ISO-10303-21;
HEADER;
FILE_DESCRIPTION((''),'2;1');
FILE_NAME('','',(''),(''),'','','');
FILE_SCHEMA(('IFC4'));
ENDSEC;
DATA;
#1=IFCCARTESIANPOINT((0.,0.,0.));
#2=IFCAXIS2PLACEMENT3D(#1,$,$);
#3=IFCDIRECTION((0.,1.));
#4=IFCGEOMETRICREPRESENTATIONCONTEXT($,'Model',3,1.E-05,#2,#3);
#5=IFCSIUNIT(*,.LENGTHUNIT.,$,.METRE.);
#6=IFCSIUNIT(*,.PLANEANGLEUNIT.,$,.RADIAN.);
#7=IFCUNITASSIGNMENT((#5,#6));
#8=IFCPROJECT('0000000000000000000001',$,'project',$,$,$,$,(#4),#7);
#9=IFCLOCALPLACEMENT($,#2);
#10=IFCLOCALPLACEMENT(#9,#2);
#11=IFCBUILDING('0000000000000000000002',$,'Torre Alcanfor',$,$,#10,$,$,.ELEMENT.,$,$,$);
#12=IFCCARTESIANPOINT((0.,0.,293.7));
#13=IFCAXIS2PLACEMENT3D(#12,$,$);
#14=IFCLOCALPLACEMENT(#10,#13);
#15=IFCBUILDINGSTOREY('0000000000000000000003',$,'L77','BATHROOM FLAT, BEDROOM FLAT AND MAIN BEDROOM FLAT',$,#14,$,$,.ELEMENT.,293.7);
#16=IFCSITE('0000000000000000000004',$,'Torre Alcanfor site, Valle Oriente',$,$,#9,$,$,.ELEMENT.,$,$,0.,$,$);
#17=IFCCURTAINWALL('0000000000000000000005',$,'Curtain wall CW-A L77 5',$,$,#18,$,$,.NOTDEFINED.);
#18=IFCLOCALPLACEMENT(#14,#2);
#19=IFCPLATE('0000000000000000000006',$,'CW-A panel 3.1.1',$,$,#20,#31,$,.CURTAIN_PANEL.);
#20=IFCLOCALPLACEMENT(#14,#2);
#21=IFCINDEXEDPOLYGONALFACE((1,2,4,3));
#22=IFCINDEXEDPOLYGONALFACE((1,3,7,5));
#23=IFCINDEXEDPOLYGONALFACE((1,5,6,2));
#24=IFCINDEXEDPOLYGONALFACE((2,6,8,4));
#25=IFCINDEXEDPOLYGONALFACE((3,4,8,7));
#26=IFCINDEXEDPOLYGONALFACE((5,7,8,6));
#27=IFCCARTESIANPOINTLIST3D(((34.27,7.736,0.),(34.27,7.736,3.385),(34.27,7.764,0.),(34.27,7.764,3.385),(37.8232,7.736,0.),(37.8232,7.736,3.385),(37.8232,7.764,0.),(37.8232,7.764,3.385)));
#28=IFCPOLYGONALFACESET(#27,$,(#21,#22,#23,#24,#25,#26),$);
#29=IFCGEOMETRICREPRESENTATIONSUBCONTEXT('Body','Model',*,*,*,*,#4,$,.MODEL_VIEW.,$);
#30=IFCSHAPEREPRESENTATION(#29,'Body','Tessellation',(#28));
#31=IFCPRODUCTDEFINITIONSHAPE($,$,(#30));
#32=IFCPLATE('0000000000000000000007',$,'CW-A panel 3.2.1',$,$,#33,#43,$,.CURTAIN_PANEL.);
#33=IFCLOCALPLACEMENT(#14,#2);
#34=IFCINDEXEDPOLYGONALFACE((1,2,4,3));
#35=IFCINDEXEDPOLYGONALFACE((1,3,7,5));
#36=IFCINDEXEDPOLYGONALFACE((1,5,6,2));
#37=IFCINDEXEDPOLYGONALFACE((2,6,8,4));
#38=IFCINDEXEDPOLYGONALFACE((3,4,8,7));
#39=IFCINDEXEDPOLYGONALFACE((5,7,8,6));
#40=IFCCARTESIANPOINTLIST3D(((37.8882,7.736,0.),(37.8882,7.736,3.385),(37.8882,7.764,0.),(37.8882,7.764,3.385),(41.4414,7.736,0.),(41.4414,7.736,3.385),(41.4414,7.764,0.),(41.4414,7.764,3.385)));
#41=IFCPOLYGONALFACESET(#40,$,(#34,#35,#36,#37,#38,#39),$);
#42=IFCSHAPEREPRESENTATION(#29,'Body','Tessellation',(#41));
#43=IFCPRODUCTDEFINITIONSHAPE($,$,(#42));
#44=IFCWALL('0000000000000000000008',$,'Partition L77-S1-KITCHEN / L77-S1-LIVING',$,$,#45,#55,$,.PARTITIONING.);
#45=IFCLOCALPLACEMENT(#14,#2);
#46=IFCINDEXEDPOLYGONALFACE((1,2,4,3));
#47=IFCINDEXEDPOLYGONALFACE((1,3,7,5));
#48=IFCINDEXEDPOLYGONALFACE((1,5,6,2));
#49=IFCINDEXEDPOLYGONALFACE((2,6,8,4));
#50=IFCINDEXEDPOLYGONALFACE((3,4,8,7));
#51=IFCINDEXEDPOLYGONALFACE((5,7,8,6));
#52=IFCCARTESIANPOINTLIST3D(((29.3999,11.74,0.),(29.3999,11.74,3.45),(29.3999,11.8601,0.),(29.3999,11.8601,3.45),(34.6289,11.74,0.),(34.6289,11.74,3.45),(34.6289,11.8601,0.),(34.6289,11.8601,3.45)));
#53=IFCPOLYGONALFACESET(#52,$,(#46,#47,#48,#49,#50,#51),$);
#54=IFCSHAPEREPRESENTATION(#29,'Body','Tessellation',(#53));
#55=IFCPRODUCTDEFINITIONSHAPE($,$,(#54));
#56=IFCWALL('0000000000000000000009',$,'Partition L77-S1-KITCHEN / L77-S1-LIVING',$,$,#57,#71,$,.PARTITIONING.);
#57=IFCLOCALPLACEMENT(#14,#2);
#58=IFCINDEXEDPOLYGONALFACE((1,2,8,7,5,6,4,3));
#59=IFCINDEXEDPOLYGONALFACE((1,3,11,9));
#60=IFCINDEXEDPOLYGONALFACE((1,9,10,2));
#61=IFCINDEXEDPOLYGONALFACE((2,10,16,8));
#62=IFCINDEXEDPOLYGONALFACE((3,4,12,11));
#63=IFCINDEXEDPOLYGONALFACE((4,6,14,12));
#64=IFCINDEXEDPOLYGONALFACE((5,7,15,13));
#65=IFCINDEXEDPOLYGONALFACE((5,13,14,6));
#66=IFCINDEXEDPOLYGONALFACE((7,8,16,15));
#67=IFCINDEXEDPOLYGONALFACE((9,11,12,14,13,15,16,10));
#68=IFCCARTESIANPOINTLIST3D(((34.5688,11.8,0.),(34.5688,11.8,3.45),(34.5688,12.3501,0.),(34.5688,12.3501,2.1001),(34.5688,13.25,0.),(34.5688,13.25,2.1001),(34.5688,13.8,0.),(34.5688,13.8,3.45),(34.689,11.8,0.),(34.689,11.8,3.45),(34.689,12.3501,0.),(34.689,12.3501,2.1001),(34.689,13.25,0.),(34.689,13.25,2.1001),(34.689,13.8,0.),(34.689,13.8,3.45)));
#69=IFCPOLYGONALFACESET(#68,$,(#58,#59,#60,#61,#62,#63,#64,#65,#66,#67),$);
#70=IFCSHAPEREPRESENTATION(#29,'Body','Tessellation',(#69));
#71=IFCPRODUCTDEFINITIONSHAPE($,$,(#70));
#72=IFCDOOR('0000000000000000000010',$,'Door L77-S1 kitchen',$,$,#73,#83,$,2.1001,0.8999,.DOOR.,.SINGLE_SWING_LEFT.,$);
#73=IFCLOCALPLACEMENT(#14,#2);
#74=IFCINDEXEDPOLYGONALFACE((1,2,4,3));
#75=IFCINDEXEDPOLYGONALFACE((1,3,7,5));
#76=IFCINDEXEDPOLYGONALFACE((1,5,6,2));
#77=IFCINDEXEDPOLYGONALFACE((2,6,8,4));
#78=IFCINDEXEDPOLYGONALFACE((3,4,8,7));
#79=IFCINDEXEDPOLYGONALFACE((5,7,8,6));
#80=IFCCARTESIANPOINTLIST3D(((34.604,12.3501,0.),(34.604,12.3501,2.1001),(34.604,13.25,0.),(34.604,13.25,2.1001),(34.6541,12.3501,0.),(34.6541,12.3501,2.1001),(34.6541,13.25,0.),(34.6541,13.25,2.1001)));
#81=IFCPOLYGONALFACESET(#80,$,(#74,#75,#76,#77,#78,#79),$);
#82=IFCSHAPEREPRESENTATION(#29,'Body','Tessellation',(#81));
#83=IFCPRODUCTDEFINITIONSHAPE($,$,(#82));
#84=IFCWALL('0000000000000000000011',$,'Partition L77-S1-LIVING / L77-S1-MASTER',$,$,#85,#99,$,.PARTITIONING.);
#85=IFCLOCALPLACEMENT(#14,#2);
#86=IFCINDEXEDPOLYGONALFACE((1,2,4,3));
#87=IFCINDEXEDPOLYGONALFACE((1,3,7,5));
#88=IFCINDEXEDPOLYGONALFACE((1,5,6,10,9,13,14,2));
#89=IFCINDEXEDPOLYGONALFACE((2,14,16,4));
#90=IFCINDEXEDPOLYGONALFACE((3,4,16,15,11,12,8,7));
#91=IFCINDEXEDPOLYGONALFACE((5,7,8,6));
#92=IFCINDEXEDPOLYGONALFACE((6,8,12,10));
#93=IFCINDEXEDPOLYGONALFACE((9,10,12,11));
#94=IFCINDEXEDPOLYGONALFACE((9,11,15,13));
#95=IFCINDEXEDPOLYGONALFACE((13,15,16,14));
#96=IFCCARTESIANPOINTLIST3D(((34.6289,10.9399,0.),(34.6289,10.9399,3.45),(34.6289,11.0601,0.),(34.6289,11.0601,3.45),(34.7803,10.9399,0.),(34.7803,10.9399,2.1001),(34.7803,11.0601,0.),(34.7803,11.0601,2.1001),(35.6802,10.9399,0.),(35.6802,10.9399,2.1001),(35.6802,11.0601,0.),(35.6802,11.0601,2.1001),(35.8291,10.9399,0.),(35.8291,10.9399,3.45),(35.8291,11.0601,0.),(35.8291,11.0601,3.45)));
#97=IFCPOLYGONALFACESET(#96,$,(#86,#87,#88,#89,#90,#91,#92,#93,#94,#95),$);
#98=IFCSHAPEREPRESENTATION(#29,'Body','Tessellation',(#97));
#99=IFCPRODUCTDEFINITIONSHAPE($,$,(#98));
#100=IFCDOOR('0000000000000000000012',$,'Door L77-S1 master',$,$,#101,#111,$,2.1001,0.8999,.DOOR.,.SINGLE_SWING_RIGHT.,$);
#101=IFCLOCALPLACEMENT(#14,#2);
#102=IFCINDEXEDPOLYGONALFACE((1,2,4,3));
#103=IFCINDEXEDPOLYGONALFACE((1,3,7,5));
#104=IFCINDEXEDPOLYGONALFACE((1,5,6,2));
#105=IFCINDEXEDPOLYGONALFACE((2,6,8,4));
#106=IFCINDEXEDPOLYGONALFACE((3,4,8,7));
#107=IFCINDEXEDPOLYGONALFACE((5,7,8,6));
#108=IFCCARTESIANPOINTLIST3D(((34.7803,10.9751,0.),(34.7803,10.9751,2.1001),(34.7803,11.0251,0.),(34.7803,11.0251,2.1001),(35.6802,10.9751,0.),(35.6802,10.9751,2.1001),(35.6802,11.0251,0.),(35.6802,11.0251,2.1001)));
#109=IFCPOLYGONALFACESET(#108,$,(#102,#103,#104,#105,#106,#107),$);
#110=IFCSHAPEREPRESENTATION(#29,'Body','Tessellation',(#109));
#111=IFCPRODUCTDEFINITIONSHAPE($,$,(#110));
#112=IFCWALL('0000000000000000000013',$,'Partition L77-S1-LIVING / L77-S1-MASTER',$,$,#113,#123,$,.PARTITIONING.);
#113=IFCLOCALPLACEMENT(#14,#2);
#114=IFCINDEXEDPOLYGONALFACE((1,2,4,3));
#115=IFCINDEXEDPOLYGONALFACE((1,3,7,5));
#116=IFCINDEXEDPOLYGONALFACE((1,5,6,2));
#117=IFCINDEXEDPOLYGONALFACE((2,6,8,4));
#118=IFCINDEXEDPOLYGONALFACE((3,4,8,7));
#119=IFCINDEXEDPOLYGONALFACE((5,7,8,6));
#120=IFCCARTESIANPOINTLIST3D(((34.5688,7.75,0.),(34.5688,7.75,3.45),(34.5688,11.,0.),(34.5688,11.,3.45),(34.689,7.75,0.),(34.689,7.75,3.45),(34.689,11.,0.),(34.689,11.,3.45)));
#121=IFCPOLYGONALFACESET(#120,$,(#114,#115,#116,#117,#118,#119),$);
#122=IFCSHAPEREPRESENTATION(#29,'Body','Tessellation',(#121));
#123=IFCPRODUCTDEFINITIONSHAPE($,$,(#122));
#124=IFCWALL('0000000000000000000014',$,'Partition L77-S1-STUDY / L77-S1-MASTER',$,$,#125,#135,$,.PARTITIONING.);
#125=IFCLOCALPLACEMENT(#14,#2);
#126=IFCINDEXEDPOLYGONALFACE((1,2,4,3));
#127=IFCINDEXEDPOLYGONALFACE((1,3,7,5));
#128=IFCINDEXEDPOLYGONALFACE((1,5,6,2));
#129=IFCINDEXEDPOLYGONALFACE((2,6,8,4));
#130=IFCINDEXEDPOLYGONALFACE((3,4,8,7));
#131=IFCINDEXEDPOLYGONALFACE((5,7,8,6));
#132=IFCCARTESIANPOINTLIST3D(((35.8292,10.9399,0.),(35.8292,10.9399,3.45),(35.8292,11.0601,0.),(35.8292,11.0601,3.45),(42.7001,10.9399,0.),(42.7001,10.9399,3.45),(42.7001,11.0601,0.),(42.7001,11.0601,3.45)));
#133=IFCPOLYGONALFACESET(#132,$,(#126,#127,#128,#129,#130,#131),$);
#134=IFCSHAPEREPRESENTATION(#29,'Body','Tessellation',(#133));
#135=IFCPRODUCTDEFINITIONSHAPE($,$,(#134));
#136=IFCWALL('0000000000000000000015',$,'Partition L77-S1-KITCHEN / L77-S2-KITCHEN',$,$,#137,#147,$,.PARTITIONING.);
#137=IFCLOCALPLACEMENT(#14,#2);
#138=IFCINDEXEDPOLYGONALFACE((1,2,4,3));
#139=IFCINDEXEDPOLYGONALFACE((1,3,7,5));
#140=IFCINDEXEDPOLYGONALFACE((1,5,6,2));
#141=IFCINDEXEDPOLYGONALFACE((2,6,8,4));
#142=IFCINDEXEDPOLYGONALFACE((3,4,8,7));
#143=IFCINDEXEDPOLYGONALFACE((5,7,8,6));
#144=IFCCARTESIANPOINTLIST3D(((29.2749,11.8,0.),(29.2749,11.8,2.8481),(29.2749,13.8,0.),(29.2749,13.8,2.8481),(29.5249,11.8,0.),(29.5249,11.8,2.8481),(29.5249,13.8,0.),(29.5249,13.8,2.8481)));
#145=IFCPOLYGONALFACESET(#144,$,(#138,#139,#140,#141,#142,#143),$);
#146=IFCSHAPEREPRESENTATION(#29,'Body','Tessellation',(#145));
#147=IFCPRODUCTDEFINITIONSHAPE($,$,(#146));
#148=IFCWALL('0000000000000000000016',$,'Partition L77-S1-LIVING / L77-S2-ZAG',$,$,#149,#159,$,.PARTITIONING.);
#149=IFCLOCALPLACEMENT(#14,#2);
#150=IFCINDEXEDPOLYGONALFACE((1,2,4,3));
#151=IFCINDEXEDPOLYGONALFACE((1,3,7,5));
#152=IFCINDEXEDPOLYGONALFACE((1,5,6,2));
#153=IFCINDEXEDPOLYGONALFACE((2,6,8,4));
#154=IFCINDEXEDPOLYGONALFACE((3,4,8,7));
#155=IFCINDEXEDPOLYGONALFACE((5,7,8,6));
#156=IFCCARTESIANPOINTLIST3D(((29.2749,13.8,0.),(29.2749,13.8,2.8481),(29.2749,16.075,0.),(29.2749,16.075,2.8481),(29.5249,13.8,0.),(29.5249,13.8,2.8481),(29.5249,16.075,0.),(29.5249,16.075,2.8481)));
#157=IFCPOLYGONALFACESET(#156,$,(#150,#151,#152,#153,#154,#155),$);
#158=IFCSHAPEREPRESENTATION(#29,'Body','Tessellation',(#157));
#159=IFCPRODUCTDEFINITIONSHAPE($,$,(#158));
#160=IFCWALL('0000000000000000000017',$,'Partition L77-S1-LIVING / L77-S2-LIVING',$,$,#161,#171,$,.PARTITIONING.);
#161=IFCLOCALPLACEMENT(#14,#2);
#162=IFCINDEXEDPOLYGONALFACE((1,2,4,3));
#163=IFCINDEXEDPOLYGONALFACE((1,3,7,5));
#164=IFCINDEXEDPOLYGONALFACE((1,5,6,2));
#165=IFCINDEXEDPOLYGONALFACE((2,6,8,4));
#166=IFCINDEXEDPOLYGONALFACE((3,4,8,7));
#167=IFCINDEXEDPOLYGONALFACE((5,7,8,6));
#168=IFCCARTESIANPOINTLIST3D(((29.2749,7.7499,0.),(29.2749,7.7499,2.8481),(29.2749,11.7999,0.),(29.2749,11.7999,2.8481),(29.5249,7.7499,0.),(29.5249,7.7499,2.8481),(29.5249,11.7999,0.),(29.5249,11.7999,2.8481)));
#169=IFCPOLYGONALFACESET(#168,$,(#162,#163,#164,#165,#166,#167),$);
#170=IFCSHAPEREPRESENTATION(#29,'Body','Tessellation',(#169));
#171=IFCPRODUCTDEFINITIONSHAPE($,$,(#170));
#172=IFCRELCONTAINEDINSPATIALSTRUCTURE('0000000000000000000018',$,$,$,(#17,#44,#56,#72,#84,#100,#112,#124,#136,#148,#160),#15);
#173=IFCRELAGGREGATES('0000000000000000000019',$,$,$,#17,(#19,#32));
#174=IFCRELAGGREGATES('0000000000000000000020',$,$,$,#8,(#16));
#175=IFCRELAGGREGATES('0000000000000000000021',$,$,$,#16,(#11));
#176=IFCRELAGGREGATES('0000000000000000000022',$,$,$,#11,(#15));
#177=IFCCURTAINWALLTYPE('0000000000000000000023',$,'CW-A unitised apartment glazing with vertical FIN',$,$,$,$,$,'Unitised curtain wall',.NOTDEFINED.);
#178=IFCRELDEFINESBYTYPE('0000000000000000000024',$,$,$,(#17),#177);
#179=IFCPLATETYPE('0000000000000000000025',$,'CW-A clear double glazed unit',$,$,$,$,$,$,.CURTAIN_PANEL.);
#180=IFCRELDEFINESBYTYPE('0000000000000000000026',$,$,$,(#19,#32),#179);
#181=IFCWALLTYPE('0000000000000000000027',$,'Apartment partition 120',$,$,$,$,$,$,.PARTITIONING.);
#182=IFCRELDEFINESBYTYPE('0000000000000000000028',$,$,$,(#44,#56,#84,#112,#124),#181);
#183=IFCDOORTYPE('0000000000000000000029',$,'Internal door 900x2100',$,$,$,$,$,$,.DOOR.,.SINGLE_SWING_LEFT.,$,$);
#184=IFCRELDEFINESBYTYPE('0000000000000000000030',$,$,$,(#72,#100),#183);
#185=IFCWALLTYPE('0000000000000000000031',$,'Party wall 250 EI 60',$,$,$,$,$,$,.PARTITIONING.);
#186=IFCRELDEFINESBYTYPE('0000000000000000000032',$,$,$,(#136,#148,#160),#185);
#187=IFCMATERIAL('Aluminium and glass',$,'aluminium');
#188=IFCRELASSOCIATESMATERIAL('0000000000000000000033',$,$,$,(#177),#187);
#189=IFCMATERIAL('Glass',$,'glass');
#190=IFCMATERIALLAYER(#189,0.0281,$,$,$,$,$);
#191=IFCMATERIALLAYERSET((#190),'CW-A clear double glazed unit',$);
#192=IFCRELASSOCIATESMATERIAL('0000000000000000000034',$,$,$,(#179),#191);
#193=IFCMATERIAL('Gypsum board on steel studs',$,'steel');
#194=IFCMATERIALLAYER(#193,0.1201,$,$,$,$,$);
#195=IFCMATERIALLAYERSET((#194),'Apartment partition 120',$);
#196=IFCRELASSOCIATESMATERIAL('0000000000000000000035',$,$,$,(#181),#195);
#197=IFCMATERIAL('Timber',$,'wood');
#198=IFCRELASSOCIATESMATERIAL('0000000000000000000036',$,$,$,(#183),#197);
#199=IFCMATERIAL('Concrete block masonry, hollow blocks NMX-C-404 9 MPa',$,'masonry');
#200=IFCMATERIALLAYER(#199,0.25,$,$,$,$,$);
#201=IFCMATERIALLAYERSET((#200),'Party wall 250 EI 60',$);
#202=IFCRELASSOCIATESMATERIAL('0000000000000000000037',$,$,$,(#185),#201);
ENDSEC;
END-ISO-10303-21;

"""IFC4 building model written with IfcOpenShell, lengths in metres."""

from ifc_helpers import new_model, si_unit, direction, frame, frame_2d, origin, origin_2d, place, context, subcontext, project, spatial, rectangle, extrude, material, layer, layer_set, type_object, element, fill, aggregate, save


model = new_model("IFC4")

# Units and contexts
model_context = context("Model", 3, precision=1e-05, world=origin(), true_north=direction((0.0, 1.0)))
body_context = subcontext(model_context, "Body", "Model", "MODEL_VIEW")
ifc_project = project(units=[si_unit("LENGTHUNIT", "METRE"), si_unit("PLANEANGLEUNIT", "RADIAN")], contexts=[model_context])

# Site, building, storey
site_placement = place(None, origin())
site = spatial("IfcSite", under=ifc_project, at=site_placement, Name="Torre Alcanfor site, Valle Oriente", CompositionType="ELEMENT", RefElevation=0.0)
building_placement = place(site_placement, origin())
building = spatial("IfcBuilding", under=site, at=building_placement, Name="Torre Alcanfor", CompositionType="ELEMENT")
storey_placement = place(building_placement, frame((0.0, 0.0, 293.7)))
storey = spatial("IfcBuildingStorey", under=building, at=storey_placement, Name="L77", Description="BATHROOM FLAT, BEDROOM FLAT AND MAIN BEDROOM FLAT", CompositionType="ELEMENT", Elevation=293.7)

# Curtain wall
ifc_material_1 = material(Name="Aluminium and glass", Category="aluminium")
curtain_wall_type = type_object("IfcCurtainWallType", Name="CW-A unitised apartment glazing with vertical FIN", ElementType="Unitised curtain wall", PredefinedType="NOTDEFINED", material=ifc_material_1)
curtain_wall_placement = place(storey_placement, origin())
curtain_wall = element("IfcCurtainWall", 1, at=curtain_wall_placement, inside=storey, type_object=curtain_wall_type, Name="Curtain wall CW-A L77 5", PredefinedType="NOTDEFINED")

# Plates
ifc_material_2 = material(Name="Glass", Category="glass")
ifc_layer_1 = layer(ifc_material_2, 0.0281)
ifc_layer_set_1 = layer_set([ifc_layer_1], Name="CW-A clear double glazed unit")
plate_type = type_object("IfcPlateType", Name="CW-A clear double glazed unit", PredefinedType="CURTAIN_PANEL", material=ifc_layer_set_1)
plate_1_placement = place(storey_placement, frame((36.0466, 7.75, 0.0), z_axis=(0.0, 0.0, 1.0), x_axis=(1.0, 0.0, 0.0)))
plate_1 = element("IfcPlate", 2, at=plate_1_placement, type_object=plate_type, Name="CW-A panel 3.1.1", PredefinedType="CURTAIN_PANEL", context=body_context, shape_type="SweptSolid", body=[
    extrude(rectangle(XDim=3.5532, YDim=0.0281, at=origin_2d()), origin(), (0.0, 0.0, 1.0), 3.385),
])
plate_2_placement = place(storey_placement, frame((39.6648, 7.75, 0.0), z_axis=(0.0, 0.0, 1.0), x_axis=(1.0, 0.0, 0.0)))
plate_2 = element("IfcPlate", 3, at=plate_2_placement, type_object=plate_type, Name="CW-A panel 3.2.1", PredefinedType="CURTAIN_PANEL", context=body_context, shape_type="SweptSolid", body=[
    extrude(rectangle(XDim=3.5532, YDim=0.0281, at=origin_2d()), origin(), (0.0, 0.0, 1.0), 3.385),
])
aggregate(curtain_wall, [plate_1, plate_2])

# Wall
ifc_material_3 = material(Name="Gypsum board on steel studs", Category="steel")
ifc_layer_2 = layer(ifc_material_3, 0.1201)
ifc_layer_set_2 = layer_set([ifc_layer_2], Name="Apartment partition 120")
wall_type_1 = type_object("IfcWallType", Name="Apartment partition 120", PredefinedType="PARTITIONING", material=ifc_layer_set_2)
wall_1_placement = place(storey_placement, frame((29.3999, 11.8, 0.0), z_axis=(0.0, 0.0, 1.0), x_axis=(1.0, 0.0, 0.0)))
element("IfcWall", 4, at=wall_1_placement, inside=storey, type_object=wall_type_1, Name="Partition L77-S1-KITCHEN / L77-S1-LIVING", PredefinedType="PARTITIONING", context=body_context, shape_type="SweptSolid", body=[
    extrude(rectangle(XDim=5.229, YDim=0.1201, at=frame_2d((2.6145, 0.0))), origin(), (0.0, 0.0, 1.0), 3.45),
])

# Walls, openings, doors
wall_2_placement = place(storey_placement, frame((34.6289, 11.8, 0.0), z_axis=(0.0, 0.0, 1.0), x_axis=(0.0, 1.0, 0.0)))
wall_2 = element("IfcWall", 5, at=wall_2_placement, inside=storey, type_object=wall_type_1, Name="Partition L77-S1-KITCHEN / L77-S1-LIVING", PredefinedType="PARTITIONING", context=body_context, shape_type="SweptSolid", body=[
    extrude(rectangle(XDim=2.0, YDim=0.1201, at=frame_2d((1.0, 0.0))), origin(), (0.0, 0.0, 1.0), 3.45),
])
opening_1_placement = place(wall_2_placement, frame((0.55, 0.0, 0.0)))
opening_1 = element("IfcOpeningElement", 6, at=opening_1_placement, cuts=wall_2, PredefinedType="OPENING", context=body_context, shape_type="SweptSolid", body=[
    extrude(rectangle(XDim=0.8999, YDim=2.1001, at=frame_2d((0.45, 1.05))), frame((0.0, 0.0701, 0.0), z_axis=(0.0, -1.0, 0.0), x_axis=(1.0, 0.0, 0.0)), (0.0, 0.0, 1.0), 0.1401),
])
ifc_material_4 = material(Name="Timber", Category="wood")
door_type = type_object("IfcDoorType", Name="Internal door 900x2100", OperationType="SINGLE_SWING_LEFT", PredefinedType="DOOR", material=ifc_material_4)
door_1_placement = place(opening_1_placement, origin())
door_1 = element("IfcDoor", 7, at=door_1_placement, inside=storey, type_object=door_type, Name="Door L77-S1 kitchen", OperationType="SINGLE_SWING_LEFT", OverallHeight=2.1001, OverallWidth=0.8999, PredefinedType="DOOR", context=body_context, shape_type="SweptSolid", body=[
    extrude(rectangle(XDim=0.8999, YDim=2.1001, at=frame_2d((0.45, 1.05))), frame((0.0, 0.0249, 0.0), z_axis=(0.0, -1.0, 0.0), x_axis=(1.0, 0.0, 0.0)), (0.0, 0.0, 1.0), 0.05),
])
fill(opening_1, door_1)
wall_3_placement = place(storey_placement, frame((35.8291, 11.0, 0.0), z_axis=(0.0, 0.0, 1.0), x_axis=(-1.0, 0.0, 0.0)))
wall_3 = element("IfcWall", 8, at=wall_3_placement, inside=storey, type_object=wall_type_1, Name="Partition L77-S1-LIVING / L77-S1-MASTER", PredefinedType="PARTITIONING", context=body_context, shape_type="SweptSolid", body=[
    extrude(rectangle(XDim=1.2002, YDim=0.1201, at=frame_2d((0.6001, 0.0))), origin(), (0.0, 0.0, 1.0), 3.45),
])
opening_2_placement = place(wall_3_placement, frame((0.1489, 0.0, 0.0)))
opening_2 = element("IfcOpeningElement", 9, at=opening_2_placement, cuts=wall_3, PredefinedType="OPENING", context=body_context, shape_type="SweptSolid", body=[
    extrude(rectangle(XDim=0.8999, YDim=2.1001, at=frame_2d((0.45, 1.05))), frame((0.0, 0.0701, 0.0), z_axis=(0.0, -1.0, 0.0), x_axis=(1.0, 0.0, 0.0)), (0.0, 0.0, 1.0), 0.1401),
])
door_2_placement = place(opening_2_placement, origin())
door_2 = element("IfcDoor", 10, at=door_2_placement, inside=storey, type_object=door_type, Name="Door L77-S1 master", OperationType="SINGLE_SWING_RIGHT", OverallHeight=2.1001, OverallWidth=0.8999, PredefinedType="DOOR", context=body_context, shape_type="SweptSolid", body=[
    extrude(rectangle(XDim=0.8999, YDim=2.1001, at=frame_2d((0.45, 1.05))), frame((0.0, 0.0249, 0.0), z_axis=(0.0, -1.0, 0.0), x_axis=(1.0, 0.0, 0.0)), (0.0, 0.0, 1.0), 0.05),
])
fill(opening_2, door_2)

# Walls
wall_4_placement = place(storey_placement, frame((34.6289, 11.0, 0.0), z_axis=(0.0, 0.0, 1.0), x_axis=(0.0, -1.0, 0.0)))
element("IfcWall", 11, at=wall_4_placement, inside=storey, type_object=wall_type_1, Name="Partition L77-S1-LIVING / L77-S1-MASTER", PredefinedType="PARTITIONING", context=body_context, shape_type="SweptSolid", body=[
    extrude(rectangle(XDim=3.25, YDim=0.1201, at=frame_2d((1.625, 0.0))), origin(), (0.0, 0.0, 1.0), 3.45),
])
wall_5_placement = place(storey_placement, frame((35.8291, 11.0, 0.0), z_axis=(0.0, 0.0, 1.0), x_axis=(1.0, 0.0, 0.0)))
element("IfcWall", 12, at=wall_5_placement, inside=storey, type_object=wall_type_1, Name="Partition L77-S1-STUDY / L77-S1-MASTER", PredefinedType="PARTITIONING", context=body_context, shape_type="SweptSolid", body=[
    extrude(rectangle(XDim=6.8708, YDim=0.1201, at=frame_2d((3.4355, 0.0))), origin(), (0.0, 0.0, 1.0), 3.45),
])
ifc_material_5 = material(Name="Concrete block masonry, hollow blocks NMX-C-404 9 MPa", Category="masonry")
ifc_layer_3 = layer(ifc_material_5, 0.25)
ifc_layer_set_3 = layer_set([ifc_layer_3], Name="Party wall 250 EI 60")
wall_type_2 = type_object("IfcWallType", Name="Party wall 250 EI 60", PredefinedType="PARTITIONING", material=ifc_layer_set_3)
wall_6_placement = place(storey_placement, frame((29.3999, 13.8, 0.0), z_axis=(0.0, 0.0, 1.0), x_axis=(0.0, -1.0, 0.0)))
element("IfcWall", 13, at=wall_6_placement, inside=storey, type_object=wall_type_2, Name="Partition L77-S1-KITCHEN / L77-S2-KITCHEN", PredefinedType="PARTITIONING", context=body_context, shape_type="SweptSolid", body=[
    extrude(rectangle(XDim=2.0, YDim=0.25, at=frame_2d((1.0, 0.0))), origin(), (0.0, 0.0, 1.0), 2.8481),
])
wall_7_placement = place(storey_placement, frame((29.3999, 13.8, 0.0), z_axis=(0.0, 0.0, 1.0), x_axis=(0.0, 1.0, 0.0)))
element("IfcWall", 14, at=wall_7_placement, inside=storey, type_object=wall_type_2, Name="Partition L77-S1-LIVING / L77-S2-ZAG", PredefinedType="PARTITIONING", context=body_context, shape_type="SweptSolid", body=[
    extrude(rectangle(XDim=2.2749, YDim=0.25, at=frame_2d((1.1375, 0.0))), origin(), (0.0, 0.0, 1.0), 2.8481),
])
wall_8_placement = place(storey_placement, frame((29.3999, 7.75, 0.0), z_axis=(0.0, 0.0, 1.0), x_axis=(0.0, 1.0, 0.0)))
element("IfcWall", 15, at=wall_8_placement, inside=storey, type_object=wall_type_2, Name="Partition L77-S1-LIVING / L77-S2-LIVING", PredefinedType="PARTITIONING", context=body_context, shape_type="SweptSolid", body=[
    extrude(rectangle(XDim=4.05, YDim=0.25, at=frame_2d((2.0249, 0.0))), origin(), (0.0, 0.0, 1.0), 2.8481),
])

save(model, "model.ifc")
